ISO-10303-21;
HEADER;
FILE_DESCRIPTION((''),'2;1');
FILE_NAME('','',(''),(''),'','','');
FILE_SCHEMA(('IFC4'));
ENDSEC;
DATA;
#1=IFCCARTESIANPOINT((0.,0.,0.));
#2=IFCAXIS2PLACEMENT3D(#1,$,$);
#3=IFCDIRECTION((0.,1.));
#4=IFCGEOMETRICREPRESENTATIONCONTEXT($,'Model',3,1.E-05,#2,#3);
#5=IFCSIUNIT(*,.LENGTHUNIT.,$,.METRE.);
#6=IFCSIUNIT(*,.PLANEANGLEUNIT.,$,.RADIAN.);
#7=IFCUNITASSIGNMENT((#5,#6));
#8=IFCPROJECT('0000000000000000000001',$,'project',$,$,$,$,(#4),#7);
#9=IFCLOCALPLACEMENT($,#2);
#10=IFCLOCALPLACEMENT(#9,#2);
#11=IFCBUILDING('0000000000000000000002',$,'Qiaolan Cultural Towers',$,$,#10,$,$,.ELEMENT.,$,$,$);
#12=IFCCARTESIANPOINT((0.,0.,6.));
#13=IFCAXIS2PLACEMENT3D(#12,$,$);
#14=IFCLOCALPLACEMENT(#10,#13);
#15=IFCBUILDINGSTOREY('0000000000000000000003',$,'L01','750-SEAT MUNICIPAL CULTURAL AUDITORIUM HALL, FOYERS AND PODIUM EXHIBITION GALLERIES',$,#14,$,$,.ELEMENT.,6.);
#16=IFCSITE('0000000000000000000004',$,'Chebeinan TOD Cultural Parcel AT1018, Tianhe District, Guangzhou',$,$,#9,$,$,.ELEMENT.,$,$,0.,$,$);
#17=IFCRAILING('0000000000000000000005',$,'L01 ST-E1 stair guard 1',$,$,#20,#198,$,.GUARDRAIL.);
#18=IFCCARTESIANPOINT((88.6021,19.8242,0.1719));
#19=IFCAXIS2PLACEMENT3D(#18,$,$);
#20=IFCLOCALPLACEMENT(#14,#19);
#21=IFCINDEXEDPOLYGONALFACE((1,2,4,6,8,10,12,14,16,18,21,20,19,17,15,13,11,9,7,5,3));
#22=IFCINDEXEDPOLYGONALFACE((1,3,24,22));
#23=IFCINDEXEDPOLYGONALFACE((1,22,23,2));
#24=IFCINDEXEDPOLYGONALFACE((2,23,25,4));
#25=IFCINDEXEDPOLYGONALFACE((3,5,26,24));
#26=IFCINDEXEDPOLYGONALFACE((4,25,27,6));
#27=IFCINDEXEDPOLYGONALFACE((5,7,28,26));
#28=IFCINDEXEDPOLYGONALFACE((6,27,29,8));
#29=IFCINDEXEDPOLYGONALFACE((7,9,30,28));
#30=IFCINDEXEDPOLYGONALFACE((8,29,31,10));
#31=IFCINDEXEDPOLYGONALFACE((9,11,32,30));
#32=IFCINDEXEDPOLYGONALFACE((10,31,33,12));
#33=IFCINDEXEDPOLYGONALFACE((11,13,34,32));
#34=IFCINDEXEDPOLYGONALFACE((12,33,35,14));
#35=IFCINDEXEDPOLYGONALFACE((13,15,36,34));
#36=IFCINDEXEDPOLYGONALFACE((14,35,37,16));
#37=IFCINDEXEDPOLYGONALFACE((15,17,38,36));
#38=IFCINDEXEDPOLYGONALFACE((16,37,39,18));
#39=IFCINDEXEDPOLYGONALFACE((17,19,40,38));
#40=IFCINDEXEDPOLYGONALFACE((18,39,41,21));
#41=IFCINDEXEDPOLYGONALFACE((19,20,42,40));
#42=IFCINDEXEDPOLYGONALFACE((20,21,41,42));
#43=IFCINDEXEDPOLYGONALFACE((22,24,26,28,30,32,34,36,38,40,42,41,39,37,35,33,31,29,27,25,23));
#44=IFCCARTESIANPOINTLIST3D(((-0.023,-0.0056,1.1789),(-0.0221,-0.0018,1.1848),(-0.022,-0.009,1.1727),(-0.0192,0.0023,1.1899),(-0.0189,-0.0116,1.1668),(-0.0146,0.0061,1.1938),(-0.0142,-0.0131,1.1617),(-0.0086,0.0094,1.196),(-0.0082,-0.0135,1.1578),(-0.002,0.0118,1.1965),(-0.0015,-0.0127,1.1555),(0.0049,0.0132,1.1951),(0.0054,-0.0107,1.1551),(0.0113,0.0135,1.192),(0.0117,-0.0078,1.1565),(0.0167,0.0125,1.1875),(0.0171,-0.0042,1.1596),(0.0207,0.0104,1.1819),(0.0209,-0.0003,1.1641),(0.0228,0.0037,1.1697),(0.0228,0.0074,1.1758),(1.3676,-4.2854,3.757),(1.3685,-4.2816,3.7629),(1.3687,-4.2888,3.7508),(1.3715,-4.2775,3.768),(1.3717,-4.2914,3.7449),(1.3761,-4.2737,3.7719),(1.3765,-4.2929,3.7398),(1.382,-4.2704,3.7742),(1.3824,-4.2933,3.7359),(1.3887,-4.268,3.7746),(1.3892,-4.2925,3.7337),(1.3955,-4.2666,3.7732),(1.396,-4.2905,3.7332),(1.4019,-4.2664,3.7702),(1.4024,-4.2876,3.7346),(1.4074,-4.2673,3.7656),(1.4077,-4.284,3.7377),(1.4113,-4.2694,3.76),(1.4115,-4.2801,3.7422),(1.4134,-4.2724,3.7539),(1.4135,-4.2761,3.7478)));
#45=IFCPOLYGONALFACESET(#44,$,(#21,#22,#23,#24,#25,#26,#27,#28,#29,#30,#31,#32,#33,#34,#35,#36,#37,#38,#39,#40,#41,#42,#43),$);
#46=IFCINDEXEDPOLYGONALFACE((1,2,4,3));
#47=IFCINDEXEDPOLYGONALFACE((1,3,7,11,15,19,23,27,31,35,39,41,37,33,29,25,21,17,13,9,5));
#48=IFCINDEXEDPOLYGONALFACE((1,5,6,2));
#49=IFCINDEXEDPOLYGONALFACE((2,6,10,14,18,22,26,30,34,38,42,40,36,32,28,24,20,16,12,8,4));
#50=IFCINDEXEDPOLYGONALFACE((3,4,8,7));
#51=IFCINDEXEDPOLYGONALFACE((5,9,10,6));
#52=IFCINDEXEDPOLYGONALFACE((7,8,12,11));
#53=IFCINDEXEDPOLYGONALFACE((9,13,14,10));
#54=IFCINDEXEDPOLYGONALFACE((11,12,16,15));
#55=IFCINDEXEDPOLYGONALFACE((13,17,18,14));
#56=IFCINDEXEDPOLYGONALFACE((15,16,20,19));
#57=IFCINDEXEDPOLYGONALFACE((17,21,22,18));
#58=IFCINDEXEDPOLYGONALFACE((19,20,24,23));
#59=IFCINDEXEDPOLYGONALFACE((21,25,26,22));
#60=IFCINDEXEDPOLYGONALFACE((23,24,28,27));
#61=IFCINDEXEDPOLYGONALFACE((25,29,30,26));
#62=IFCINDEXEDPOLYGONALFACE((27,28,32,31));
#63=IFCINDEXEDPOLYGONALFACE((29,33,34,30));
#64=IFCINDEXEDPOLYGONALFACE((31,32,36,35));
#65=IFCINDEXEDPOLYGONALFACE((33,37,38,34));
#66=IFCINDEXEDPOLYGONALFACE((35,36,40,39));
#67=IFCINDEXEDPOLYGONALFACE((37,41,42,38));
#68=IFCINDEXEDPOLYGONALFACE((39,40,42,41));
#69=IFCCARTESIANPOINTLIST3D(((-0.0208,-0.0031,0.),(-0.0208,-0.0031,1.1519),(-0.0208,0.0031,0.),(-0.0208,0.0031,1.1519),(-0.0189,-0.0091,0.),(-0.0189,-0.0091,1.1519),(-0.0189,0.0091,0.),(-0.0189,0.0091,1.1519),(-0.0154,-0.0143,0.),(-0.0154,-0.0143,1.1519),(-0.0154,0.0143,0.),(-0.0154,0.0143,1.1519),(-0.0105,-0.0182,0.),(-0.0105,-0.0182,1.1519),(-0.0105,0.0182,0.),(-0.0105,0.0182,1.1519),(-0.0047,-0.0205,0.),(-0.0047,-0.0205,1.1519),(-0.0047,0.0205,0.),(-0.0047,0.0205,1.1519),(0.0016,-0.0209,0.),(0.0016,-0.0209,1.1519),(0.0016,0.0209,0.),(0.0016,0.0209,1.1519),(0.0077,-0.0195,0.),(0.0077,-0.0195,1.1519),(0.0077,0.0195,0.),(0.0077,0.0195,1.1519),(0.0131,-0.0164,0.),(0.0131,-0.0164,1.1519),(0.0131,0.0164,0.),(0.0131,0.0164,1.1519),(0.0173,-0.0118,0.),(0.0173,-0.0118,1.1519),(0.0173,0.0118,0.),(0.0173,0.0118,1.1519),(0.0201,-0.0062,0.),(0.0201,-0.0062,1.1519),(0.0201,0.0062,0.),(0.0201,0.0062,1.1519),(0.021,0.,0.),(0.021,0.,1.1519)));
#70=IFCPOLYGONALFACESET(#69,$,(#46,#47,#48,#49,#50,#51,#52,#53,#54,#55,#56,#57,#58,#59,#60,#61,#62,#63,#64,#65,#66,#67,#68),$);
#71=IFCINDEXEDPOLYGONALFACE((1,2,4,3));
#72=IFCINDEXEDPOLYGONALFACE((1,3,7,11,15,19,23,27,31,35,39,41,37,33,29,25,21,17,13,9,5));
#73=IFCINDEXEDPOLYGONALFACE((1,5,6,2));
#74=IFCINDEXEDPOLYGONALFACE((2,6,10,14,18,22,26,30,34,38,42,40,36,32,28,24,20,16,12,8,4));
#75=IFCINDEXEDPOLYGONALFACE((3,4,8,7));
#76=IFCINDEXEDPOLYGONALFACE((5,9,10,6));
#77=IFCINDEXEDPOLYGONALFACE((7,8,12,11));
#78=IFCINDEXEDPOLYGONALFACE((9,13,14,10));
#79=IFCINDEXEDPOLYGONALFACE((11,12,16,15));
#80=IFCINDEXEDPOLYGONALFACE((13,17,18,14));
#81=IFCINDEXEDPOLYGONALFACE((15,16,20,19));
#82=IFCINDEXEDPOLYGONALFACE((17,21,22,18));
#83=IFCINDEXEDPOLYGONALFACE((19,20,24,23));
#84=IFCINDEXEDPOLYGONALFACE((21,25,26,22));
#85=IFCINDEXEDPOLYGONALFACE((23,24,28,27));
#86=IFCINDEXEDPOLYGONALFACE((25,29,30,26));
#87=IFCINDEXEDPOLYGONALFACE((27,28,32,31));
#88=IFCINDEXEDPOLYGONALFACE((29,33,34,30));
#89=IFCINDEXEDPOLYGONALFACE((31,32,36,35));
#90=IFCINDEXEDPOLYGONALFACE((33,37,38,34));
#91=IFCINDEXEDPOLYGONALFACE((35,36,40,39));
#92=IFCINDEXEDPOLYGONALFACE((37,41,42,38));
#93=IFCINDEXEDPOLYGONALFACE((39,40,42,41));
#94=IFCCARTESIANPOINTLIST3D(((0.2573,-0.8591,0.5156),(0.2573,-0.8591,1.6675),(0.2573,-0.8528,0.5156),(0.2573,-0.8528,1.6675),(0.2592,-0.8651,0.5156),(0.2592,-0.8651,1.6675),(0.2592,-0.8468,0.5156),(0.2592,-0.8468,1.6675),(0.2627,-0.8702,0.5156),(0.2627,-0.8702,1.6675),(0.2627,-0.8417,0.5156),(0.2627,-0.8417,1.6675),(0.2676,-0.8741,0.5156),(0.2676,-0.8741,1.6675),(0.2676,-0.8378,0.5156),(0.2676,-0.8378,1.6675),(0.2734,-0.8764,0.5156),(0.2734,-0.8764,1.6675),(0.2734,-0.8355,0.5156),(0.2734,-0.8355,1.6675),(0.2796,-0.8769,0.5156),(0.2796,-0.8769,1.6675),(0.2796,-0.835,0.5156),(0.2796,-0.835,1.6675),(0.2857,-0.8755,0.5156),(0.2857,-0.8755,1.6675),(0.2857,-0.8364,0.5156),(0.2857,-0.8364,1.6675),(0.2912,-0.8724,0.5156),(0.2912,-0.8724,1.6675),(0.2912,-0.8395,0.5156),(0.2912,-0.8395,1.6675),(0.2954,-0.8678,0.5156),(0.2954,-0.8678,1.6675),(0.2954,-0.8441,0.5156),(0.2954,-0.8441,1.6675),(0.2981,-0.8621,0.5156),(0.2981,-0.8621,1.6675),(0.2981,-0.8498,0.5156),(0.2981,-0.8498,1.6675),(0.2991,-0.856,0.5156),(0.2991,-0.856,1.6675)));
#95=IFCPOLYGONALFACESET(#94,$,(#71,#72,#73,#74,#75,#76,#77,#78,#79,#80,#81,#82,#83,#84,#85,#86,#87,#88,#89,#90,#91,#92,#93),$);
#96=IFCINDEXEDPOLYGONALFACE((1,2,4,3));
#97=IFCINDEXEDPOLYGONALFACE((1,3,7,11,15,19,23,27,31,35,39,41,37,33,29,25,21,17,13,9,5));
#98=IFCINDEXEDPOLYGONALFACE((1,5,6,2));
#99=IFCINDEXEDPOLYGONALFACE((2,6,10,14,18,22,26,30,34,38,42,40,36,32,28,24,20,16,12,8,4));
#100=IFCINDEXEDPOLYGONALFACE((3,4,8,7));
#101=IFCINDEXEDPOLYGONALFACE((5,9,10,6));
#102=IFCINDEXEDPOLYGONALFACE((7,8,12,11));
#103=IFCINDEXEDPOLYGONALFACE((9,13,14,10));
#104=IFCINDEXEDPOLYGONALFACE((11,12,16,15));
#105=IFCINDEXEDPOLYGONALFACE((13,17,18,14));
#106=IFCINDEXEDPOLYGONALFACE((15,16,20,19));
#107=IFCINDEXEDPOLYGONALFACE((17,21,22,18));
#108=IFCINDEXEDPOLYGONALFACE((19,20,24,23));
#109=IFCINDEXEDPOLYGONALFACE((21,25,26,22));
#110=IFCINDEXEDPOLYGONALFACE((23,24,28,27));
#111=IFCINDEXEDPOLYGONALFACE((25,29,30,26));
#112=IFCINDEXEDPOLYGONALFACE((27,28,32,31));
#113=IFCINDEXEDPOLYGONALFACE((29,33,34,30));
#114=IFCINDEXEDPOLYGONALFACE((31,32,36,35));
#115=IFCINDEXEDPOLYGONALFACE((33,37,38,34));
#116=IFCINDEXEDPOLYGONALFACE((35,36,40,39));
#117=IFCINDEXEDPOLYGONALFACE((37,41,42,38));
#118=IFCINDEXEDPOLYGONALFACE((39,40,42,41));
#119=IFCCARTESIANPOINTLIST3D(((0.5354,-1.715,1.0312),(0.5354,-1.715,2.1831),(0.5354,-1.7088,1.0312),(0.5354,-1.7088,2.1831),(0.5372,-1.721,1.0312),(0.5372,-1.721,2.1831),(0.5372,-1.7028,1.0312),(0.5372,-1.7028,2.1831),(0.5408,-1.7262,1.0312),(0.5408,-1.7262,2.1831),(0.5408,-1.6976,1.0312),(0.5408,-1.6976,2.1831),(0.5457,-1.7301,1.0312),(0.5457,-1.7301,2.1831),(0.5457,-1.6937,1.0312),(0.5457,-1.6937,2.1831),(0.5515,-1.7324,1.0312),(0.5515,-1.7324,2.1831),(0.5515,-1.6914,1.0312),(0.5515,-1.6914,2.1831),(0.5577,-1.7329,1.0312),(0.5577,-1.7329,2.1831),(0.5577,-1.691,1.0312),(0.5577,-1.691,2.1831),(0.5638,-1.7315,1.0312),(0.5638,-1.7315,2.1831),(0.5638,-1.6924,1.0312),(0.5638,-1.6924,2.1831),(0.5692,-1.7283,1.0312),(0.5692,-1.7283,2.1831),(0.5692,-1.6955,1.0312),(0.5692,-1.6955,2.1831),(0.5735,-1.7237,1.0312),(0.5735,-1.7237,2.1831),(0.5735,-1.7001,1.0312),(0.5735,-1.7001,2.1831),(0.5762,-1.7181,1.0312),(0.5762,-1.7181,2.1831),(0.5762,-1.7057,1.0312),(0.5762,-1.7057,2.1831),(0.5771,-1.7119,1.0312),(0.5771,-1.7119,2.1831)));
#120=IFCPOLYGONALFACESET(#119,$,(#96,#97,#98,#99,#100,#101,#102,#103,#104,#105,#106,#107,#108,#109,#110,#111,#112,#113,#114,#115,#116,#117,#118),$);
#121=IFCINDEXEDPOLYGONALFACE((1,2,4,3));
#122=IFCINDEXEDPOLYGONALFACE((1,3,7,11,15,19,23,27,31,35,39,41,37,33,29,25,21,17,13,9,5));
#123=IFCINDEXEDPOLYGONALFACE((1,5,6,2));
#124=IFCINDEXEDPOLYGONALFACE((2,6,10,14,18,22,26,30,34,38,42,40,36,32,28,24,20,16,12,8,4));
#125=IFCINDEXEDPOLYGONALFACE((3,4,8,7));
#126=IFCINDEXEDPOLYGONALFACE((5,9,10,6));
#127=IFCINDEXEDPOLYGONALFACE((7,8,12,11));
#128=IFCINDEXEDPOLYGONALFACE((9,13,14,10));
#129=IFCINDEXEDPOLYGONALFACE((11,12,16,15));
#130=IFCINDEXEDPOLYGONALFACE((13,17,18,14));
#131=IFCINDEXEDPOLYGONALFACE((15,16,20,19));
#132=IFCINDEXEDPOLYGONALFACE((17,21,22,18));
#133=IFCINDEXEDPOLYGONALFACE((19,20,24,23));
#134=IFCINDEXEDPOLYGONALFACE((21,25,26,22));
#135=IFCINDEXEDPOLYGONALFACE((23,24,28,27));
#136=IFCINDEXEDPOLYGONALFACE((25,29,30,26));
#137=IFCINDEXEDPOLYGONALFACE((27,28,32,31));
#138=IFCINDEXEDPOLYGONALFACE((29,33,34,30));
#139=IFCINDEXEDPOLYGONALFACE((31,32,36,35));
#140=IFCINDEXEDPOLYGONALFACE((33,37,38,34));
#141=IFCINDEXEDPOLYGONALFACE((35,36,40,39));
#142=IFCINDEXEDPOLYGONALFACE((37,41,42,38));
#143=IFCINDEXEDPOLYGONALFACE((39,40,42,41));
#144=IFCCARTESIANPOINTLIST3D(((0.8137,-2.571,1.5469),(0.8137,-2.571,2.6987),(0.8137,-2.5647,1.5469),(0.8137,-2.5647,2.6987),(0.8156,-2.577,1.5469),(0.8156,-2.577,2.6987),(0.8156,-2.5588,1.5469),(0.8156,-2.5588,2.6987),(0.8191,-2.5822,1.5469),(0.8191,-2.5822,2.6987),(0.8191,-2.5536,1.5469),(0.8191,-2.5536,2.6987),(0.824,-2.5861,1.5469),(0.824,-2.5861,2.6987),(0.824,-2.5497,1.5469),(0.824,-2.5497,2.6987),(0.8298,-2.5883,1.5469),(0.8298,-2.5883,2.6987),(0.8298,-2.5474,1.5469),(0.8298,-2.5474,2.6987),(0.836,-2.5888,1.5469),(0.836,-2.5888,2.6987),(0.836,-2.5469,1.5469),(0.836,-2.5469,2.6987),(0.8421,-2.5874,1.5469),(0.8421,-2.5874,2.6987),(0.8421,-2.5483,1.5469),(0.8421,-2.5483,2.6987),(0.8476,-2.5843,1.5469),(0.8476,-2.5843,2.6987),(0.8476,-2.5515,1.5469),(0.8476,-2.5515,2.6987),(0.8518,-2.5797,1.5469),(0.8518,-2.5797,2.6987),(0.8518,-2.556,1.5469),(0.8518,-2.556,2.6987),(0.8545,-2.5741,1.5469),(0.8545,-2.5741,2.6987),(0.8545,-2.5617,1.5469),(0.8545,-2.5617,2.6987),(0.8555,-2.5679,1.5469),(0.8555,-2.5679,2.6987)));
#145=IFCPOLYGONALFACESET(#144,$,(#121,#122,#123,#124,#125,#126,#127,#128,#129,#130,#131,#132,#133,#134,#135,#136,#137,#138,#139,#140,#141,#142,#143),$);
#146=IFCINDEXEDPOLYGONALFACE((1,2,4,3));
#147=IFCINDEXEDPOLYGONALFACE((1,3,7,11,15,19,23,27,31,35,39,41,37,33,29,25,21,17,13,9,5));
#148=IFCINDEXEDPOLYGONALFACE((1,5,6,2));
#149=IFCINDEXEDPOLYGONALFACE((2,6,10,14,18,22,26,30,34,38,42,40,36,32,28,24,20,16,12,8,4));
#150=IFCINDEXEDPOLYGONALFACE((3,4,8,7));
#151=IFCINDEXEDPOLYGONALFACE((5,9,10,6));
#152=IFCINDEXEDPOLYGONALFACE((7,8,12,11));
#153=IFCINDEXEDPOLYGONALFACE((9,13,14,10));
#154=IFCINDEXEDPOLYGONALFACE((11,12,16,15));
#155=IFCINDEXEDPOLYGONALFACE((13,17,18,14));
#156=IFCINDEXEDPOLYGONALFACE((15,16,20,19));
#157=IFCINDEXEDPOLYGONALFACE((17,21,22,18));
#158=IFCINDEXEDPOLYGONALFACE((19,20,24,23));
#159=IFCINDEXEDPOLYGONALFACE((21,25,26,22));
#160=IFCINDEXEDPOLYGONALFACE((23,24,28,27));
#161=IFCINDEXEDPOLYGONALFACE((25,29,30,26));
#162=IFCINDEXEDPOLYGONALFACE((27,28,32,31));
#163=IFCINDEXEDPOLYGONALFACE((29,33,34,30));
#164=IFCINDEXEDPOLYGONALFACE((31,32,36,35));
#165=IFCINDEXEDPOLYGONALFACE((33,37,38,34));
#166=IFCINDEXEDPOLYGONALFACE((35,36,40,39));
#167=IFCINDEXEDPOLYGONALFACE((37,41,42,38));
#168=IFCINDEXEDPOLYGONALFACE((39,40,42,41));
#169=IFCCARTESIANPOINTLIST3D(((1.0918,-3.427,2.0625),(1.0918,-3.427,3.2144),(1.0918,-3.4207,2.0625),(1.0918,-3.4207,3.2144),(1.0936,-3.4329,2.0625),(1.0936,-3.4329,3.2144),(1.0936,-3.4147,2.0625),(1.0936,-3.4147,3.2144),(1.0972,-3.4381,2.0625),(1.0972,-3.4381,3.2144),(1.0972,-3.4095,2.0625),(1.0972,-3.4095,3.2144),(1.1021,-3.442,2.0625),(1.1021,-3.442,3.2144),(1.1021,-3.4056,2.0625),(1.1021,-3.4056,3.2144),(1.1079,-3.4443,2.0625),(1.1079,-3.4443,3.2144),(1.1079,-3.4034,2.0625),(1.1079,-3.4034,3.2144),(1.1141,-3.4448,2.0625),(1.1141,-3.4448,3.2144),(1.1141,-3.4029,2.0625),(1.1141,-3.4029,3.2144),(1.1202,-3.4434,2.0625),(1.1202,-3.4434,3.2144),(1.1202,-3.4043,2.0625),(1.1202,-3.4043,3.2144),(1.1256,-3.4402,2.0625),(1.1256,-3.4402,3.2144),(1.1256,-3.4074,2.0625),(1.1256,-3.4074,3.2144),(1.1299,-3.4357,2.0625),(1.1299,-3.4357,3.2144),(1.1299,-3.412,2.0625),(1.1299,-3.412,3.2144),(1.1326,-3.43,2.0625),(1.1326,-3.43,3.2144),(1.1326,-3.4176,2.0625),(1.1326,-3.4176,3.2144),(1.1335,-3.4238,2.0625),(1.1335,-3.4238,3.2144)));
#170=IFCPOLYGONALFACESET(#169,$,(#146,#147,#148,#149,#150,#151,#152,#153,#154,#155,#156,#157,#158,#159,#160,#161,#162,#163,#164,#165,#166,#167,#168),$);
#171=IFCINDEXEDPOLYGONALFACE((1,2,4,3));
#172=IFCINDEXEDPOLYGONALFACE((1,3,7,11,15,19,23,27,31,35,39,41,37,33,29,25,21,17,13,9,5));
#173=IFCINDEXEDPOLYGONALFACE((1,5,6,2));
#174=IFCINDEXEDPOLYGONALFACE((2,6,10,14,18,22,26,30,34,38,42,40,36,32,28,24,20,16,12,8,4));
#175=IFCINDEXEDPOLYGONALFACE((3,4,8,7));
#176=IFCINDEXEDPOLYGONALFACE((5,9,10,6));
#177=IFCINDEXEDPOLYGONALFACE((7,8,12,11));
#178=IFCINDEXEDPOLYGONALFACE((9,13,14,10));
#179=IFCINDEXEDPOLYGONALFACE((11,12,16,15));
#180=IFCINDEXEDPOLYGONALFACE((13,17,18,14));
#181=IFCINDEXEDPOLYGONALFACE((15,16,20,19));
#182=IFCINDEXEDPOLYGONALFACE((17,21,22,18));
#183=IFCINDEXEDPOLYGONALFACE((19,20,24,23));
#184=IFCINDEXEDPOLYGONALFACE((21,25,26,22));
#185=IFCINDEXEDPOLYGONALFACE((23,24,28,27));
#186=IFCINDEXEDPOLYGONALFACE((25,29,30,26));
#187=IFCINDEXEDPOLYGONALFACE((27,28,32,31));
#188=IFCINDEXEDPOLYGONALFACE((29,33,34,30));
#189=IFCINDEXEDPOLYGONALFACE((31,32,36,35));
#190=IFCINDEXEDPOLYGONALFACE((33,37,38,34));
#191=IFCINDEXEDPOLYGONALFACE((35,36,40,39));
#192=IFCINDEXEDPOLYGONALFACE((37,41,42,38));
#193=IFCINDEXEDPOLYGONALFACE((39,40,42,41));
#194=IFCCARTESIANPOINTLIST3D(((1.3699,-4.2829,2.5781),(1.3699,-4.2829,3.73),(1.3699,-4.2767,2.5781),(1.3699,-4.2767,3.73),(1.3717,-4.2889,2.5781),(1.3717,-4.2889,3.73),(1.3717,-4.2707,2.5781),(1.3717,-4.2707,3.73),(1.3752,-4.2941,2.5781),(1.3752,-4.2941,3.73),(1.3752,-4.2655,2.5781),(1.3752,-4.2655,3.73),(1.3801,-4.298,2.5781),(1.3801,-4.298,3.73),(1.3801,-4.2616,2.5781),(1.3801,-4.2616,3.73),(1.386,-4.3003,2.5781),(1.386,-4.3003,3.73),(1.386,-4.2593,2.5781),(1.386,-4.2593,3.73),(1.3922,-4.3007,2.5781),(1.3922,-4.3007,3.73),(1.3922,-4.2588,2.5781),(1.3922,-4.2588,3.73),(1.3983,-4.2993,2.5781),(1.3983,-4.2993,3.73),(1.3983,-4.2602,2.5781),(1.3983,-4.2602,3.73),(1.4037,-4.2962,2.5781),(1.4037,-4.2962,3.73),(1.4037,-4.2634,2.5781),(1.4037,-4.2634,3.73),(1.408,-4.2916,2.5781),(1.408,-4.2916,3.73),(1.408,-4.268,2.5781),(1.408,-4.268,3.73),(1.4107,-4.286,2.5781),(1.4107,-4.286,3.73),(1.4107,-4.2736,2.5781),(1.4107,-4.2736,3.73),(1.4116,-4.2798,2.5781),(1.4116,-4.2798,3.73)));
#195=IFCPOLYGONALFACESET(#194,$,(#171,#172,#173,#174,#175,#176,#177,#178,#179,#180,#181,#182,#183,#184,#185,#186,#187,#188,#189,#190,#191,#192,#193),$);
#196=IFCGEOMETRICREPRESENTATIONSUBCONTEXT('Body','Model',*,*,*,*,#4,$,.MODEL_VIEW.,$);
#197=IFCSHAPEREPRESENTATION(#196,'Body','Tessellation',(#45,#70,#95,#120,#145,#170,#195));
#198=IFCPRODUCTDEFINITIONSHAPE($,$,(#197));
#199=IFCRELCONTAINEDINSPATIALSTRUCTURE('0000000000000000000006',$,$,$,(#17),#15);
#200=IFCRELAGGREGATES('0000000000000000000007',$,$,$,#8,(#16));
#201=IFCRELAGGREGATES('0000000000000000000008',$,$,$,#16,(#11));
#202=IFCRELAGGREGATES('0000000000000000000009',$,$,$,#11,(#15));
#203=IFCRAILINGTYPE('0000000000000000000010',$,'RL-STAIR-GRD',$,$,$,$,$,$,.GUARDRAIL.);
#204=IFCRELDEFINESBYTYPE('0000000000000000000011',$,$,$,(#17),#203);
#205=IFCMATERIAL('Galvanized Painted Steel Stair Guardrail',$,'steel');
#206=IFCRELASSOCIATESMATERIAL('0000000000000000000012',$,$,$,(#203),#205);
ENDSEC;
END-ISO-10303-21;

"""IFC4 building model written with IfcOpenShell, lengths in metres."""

from ifc_helpers import new_model, si_unit, direction, frame, origin, origin_2d, place, context, subcontext, project, spatial, circle, extrude, material, type_object, element, save


model = new_model("IFC4")

# Units and contexts
model_context = context("Model", 3, precision=1e-05, world=origin(), true_north=direction((0.0, 1.0)))
body_context = subcontext(model_context, "Body", "Model", "MODEL_VIEW")
ifc_project = project(units=[si_unit("LENGTHUNIT", "METRE"), si_unit("PLANEANGLEUNIT", "RADIAN")], contexts=[model_context])

# Site, building, storey
site_placement = place(None, origin())
site = spatial("IfcSite", under=ifc_project, at=site_placement, Name="Chebeinan TOD Cultural Parcel AT1018, Tianhe District, Guangzhou", CompositionType="ELEMENT", RefElevation=0.0)
building_placement = place(site_placement, origin())
building = spatial("IfcBuilding", under=site, at=building_placement, Name="Qiaolan Cultural Towers", CompositionType="ELEMENT")
storey_placement = place(building_placement, frame((0.0, 0.0, 6.0)))
storey = spatial("IfcBuildingStorey", under=building, at=storey_placement, Name="L01", Description="750-SEAT MUNICIPAL CULTURAL AUDITORIUM HALL, FOYERS AND PODIUM EXHIBITION GALLERIES", CompositionType="ELEMENT", Elevation=6.0)

# Railing
ifc_material_1 = material(Name="Galvanized Painted Steel Stair Guardrail", Category="steel")
railing_type_1 = type_object("IfcRailingType", Name="RL-STAIR-GRD", PredefinedType="GUARDRAIL", material=ifc_material_1)
railing_1_placement = place(storey_placement, frame((88.6021, 19.8242, 0.1719)))
element("IfcRailing", 1, at=railing_1_placement, inside=storey, type_object=railing_type_1, Name="L01 ST-E1 stair guard 1", PredefinedType="GUARDRAIL", context=body_context, shape_type="SweptSolid", body=[
    extrude(circle(Radius=0.0239, at=origin_2d()), frame((0.0, 0.0, 1.1758), z_axis=(0.268137, -0.825219, 0.497108), x_axis=(0.951054, 0.309025, 0.0)), (0.0, 0.0, 1.0), 5.1863),
    extrude(circle(Radius=0.021, at=origin_2d()), origin(), (0.0, 0.0, 1.0), 1.1519),
    extrude(circle(Radius=0.021, at=origin_2d()), frame((0.2781, -0.856, 0.5156)), (0.0, 0.0, 1.0), 1.1519),
    extrude(circle(Radius=0.021, at=origin_2d()), frame((0.5562, -1.7119, 1.0312)), (0.0, 0.0, 1.0), 1.1519),
    extrude(circle(Radius=0.021, at=origin_2d()), frame((0.8345, -2.5679, 1.5469)), (0.0, 0.0, 1.0), 1.1519),
    extrude(circle(Radius=0.021, at=origin_2d()), frame((1.1125, -3.4238, 2.0625)), (0.0, 0.0, 1.0), 1.1519),
    extrude(circle(Radius=0.021, at=origin_2d()), frame((1.3906, -4.2798, 2.5781)), (0.0, 0.0, 1.0), 1.1519),
])

save(model, "model.ifc")
